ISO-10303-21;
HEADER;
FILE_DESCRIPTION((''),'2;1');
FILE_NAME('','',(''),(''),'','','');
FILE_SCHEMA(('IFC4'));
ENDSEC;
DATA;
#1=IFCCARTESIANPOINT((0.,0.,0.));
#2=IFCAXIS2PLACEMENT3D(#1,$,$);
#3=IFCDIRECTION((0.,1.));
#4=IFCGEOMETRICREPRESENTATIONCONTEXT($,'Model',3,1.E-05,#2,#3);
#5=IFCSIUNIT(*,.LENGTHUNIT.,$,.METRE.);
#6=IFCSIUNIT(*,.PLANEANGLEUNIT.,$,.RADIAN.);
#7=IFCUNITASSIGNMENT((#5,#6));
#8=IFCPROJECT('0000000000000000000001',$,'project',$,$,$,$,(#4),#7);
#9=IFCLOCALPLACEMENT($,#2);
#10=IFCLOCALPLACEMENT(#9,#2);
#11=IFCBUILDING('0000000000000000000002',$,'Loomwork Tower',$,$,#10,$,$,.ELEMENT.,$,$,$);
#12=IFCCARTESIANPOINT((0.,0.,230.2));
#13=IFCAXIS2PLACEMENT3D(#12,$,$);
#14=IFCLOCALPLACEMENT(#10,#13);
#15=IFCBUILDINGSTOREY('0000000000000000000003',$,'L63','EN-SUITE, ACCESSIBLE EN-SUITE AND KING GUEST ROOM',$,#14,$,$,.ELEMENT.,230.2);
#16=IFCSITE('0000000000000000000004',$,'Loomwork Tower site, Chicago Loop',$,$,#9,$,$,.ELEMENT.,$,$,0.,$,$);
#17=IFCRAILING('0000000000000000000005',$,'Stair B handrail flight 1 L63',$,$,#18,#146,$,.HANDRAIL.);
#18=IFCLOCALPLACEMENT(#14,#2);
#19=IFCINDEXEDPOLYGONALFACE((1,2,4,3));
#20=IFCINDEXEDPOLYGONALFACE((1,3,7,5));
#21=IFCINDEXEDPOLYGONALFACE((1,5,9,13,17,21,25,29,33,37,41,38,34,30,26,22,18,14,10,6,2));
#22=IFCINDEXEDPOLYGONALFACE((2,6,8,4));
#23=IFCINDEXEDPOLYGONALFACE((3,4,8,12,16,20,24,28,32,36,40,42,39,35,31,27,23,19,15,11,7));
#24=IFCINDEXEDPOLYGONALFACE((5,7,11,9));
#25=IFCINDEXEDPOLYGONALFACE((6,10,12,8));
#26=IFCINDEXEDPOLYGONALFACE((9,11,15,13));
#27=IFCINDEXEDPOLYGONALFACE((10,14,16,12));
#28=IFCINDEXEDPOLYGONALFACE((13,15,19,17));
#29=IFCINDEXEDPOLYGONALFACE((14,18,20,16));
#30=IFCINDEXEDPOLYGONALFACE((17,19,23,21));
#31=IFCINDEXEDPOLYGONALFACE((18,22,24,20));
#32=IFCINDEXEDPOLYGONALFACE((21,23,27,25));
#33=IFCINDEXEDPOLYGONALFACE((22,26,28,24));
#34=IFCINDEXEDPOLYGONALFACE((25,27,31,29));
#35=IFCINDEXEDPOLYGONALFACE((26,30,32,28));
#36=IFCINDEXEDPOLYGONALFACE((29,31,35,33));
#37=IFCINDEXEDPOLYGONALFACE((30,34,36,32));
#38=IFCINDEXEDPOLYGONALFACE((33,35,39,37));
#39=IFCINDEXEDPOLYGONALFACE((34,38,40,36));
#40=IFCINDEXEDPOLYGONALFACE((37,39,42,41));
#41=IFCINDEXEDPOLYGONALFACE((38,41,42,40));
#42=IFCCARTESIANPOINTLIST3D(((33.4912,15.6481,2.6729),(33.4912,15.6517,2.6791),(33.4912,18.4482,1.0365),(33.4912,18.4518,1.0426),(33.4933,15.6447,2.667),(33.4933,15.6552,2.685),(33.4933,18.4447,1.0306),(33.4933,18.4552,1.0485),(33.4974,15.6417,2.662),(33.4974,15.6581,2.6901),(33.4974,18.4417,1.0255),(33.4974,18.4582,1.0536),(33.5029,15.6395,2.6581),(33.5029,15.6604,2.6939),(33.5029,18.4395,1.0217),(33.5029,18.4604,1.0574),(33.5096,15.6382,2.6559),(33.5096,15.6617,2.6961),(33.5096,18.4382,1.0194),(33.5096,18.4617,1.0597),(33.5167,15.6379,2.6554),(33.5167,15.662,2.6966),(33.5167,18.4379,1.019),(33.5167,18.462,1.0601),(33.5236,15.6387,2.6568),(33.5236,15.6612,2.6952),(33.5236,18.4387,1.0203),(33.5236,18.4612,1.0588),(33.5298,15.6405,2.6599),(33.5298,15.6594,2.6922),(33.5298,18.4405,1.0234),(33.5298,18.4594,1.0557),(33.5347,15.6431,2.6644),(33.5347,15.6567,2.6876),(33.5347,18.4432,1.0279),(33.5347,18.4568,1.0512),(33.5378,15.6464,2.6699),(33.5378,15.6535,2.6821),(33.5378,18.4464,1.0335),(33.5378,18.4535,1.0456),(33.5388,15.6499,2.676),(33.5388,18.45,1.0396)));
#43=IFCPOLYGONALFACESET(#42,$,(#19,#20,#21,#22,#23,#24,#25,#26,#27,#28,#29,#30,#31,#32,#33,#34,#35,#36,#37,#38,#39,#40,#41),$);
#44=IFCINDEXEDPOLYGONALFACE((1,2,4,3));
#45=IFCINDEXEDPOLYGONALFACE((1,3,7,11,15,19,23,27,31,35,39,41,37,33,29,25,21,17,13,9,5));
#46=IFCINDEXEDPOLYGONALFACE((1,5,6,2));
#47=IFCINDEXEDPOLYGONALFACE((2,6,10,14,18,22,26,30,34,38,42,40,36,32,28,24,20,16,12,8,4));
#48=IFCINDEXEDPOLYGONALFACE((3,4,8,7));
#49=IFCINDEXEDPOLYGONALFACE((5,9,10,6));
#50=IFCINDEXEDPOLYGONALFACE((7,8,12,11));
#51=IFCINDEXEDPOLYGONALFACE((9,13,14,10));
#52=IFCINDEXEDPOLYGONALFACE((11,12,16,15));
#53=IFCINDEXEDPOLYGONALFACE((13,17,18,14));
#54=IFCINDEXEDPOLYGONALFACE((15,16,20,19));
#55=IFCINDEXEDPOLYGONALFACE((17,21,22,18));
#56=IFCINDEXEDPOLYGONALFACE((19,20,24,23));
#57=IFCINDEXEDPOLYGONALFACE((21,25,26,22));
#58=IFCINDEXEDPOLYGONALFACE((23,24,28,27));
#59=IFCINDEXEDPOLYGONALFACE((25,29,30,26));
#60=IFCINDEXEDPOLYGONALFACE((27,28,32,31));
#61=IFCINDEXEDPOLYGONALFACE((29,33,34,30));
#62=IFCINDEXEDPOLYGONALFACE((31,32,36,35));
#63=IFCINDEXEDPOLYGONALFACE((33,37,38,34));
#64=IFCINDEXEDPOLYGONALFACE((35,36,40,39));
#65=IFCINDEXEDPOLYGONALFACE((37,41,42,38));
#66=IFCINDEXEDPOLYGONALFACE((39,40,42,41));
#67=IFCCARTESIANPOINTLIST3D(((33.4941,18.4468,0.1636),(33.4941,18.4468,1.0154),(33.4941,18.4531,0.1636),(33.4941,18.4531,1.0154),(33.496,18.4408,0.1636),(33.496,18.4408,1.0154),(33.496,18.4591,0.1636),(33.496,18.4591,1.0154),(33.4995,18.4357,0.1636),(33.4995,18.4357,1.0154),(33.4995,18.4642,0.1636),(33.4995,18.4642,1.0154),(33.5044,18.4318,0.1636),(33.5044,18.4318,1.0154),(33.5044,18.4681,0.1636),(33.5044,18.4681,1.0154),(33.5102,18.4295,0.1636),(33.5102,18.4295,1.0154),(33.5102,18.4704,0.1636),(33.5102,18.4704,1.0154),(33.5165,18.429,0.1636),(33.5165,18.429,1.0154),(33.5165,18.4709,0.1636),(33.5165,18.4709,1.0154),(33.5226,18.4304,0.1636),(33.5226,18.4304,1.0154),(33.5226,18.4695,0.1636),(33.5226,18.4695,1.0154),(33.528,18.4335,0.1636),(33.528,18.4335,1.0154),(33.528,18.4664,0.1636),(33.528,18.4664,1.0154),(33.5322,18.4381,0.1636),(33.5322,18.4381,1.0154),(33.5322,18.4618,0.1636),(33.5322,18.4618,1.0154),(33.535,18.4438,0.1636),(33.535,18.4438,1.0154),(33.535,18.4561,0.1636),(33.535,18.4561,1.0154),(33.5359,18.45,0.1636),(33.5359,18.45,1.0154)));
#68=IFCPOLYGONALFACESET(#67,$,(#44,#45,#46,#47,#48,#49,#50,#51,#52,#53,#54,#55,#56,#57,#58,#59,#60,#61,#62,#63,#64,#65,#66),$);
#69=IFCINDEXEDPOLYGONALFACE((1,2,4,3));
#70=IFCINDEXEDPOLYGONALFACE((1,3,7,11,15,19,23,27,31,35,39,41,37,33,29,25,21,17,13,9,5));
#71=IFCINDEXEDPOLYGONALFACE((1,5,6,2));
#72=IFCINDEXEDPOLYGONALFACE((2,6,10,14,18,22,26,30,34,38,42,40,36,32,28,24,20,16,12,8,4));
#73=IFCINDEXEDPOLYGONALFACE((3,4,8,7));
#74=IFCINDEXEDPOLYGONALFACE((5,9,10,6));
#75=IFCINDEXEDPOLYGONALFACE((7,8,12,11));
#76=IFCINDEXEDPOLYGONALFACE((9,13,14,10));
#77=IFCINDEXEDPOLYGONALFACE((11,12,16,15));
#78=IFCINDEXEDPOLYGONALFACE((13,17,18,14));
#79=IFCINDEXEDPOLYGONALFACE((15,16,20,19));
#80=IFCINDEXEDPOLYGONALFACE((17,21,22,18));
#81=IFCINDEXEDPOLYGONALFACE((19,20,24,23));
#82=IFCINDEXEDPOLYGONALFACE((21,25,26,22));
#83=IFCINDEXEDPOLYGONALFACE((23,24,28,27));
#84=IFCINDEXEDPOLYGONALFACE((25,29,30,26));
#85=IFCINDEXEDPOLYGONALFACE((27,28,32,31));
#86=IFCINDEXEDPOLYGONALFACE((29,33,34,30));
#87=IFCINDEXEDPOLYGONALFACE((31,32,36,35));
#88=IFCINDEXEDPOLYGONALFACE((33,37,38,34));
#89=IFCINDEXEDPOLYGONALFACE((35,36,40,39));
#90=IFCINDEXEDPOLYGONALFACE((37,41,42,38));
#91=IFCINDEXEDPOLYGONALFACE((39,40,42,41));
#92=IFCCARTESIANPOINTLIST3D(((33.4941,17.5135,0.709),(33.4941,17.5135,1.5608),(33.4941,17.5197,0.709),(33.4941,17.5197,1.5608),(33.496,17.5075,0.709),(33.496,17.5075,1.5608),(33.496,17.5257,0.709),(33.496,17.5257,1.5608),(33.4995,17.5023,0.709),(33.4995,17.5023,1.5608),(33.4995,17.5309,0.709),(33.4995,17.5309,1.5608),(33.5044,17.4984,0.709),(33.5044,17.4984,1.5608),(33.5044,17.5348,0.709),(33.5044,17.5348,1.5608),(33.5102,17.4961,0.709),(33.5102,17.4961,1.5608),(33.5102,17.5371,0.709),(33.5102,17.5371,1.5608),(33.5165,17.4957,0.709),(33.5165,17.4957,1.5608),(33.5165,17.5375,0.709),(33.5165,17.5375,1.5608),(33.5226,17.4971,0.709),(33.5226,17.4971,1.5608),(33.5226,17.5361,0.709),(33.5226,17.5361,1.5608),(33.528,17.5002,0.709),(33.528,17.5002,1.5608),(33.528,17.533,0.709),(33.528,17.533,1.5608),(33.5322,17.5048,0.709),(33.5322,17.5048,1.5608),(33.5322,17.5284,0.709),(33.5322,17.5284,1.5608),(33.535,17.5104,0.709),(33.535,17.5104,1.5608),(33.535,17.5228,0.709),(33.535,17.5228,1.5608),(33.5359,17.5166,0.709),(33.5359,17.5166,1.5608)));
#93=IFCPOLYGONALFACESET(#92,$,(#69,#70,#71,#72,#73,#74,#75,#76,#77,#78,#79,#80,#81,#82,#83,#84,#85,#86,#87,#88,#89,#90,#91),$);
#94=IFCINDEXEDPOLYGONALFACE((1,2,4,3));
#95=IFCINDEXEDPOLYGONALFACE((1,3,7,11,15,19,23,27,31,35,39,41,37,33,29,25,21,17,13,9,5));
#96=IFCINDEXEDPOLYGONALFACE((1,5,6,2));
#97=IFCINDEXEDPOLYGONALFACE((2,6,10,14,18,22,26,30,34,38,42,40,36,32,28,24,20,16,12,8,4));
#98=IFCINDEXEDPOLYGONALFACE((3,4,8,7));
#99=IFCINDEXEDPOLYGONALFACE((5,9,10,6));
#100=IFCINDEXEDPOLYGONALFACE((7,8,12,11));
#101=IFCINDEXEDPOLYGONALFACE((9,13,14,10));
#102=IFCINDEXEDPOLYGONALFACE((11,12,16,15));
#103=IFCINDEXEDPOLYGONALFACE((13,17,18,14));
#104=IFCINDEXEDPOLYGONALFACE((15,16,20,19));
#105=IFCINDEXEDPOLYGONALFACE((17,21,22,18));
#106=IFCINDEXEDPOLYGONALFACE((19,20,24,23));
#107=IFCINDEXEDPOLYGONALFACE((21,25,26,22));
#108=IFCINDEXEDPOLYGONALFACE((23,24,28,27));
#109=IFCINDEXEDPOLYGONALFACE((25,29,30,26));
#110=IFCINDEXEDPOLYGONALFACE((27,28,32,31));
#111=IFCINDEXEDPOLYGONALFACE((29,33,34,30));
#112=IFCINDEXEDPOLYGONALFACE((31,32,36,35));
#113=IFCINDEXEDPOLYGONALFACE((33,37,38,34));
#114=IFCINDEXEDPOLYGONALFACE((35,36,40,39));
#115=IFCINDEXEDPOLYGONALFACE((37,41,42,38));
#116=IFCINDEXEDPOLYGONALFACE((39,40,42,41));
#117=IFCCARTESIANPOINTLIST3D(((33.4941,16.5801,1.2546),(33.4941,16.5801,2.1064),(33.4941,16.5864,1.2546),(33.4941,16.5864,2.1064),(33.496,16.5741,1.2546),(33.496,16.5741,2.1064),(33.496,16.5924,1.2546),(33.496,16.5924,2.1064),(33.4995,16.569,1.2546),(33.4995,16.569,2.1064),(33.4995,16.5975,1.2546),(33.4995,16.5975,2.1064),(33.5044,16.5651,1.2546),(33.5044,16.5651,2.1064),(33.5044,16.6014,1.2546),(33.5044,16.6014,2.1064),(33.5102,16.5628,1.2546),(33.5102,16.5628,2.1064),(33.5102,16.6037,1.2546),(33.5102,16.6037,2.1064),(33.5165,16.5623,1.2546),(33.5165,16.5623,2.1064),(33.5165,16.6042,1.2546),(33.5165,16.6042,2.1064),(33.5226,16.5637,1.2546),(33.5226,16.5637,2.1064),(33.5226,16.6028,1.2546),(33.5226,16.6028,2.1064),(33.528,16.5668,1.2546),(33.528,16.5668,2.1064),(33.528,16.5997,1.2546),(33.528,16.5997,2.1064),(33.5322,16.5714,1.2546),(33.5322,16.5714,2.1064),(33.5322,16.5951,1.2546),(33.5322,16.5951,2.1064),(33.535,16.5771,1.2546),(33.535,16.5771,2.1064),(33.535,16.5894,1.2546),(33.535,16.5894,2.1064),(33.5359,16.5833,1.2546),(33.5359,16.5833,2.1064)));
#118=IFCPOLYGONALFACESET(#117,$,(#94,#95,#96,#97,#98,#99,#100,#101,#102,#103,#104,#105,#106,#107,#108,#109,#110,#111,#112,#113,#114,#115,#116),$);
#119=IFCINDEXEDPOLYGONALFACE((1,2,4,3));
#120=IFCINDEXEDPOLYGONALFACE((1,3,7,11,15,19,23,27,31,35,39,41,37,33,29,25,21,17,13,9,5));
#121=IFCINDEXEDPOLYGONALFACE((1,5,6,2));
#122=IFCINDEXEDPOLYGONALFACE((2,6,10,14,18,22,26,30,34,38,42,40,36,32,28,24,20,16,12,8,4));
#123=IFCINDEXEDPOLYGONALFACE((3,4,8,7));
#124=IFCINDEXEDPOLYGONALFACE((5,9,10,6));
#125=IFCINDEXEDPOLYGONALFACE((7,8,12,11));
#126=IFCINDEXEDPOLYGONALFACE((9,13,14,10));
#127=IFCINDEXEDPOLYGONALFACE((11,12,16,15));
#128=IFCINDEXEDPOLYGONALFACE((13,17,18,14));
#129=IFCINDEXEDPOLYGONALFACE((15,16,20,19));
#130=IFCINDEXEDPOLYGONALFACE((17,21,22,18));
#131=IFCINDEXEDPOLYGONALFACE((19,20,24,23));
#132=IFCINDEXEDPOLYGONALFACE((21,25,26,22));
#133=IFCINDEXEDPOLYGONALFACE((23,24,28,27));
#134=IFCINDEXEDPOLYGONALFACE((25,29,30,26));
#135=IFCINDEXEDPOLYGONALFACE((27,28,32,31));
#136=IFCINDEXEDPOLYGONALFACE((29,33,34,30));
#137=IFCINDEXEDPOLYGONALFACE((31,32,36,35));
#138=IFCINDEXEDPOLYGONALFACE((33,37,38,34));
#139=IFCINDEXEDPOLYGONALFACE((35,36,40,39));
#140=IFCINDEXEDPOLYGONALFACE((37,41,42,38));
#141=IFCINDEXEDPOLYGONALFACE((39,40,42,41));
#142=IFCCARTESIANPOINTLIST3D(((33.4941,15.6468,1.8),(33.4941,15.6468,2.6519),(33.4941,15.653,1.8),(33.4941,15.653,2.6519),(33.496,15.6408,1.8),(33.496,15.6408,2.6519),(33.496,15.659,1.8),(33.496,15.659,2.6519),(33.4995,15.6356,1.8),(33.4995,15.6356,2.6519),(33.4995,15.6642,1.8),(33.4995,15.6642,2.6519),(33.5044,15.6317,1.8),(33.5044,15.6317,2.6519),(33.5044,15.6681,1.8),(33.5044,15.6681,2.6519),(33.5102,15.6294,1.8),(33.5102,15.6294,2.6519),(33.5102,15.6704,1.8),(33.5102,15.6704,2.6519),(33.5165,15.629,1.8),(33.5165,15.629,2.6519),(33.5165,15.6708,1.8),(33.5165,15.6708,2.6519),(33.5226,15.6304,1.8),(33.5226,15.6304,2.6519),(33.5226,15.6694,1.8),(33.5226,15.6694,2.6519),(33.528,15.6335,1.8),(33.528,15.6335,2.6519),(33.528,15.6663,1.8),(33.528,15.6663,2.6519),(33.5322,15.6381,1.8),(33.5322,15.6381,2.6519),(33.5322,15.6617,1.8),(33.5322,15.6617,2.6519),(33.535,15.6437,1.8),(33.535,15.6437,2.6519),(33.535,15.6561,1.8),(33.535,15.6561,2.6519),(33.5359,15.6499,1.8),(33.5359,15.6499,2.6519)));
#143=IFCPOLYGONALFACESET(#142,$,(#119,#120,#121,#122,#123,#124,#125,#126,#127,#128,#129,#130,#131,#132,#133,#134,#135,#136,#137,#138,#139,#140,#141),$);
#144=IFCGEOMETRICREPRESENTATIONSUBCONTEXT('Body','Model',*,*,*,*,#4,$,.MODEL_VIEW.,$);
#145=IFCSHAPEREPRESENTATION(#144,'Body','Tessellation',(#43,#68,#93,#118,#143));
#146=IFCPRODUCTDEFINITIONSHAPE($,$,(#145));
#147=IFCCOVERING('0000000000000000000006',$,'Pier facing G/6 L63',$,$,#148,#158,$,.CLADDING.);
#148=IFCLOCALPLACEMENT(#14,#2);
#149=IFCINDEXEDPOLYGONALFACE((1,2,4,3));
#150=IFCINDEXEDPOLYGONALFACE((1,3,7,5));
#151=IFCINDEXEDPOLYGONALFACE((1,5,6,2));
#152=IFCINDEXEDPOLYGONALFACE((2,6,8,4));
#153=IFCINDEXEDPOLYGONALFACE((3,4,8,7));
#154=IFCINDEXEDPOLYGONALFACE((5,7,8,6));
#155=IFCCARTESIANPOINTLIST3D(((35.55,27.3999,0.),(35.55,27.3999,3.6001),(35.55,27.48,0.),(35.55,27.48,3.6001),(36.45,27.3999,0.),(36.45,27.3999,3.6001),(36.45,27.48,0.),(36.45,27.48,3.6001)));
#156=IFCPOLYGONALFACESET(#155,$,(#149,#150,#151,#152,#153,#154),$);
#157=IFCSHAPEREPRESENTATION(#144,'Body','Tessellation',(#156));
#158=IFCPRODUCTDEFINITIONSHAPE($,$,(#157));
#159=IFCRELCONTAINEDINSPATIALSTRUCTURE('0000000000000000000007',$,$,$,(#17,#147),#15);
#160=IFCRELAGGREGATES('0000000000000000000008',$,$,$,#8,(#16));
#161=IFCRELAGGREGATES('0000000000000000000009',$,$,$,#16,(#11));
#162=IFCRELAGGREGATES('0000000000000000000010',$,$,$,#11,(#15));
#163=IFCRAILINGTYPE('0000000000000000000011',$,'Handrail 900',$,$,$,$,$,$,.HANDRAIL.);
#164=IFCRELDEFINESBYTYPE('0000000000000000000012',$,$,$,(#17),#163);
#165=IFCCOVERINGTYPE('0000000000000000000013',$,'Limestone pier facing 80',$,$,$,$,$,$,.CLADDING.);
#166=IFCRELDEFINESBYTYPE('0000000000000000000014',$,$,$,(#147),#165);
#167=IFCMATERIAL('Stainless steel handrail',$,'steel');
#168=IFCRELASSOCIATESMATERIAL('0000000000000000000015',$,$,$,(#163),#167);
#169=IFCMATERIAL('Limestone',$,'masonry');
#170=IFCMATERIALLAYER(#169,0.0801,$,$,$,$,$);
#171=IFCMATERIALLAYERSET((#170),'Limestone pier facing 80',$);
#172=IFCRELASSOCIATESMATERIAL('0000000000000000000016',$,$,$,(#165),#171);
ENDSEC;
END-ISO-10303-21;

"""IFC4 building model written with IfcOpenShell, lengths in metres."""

from ifc_helpers import new_model, si_unit, direction, frame, origin, origin_2d, place, context, subcontext, project, spatial, rectangle, circle, extrude, material, layer, layer_set, type_object, element, save


model = new_model("IFC4")

# Units and contexts
model_context = context("Model", 3, precision=1e-05, world=origin(), true_north=direction((0.0, 1.0)))
body_context = subcontext(model_context, "Body", "Model", "MODEL_VIEW")
ifc_project = project(units=[si_unit("LENGTHUNIT", "METRE"), si_unit("PLANEANGLEUNIT", "RADIAN")], contexts=[model_context])

# Site, building, storey
site_placement = place(None, origin())
site = spatial("IfcSite", under=ifc_project, at=site_placement, Name="Loomwork Tower site, Chicago Loop", CompositionType="ELEMENT", RefElevation=0.0)
building_placement = place(site_placement, origin())
building = spatial("IfcBuilding", under=site, at=building_placement, Name="Loomwork Tower", CompositionType="ELEMENT")
storey_placement = place(building_placement, frame((0.0, 0.0, 230.2)))
storey = spatial("IfcBuildingStorey", under=building, at=storey_placement, Name="L63", Description="EN-SUITE, ACCESSIBLE EN-SUITE AND KING GUEST ROOM", CompositionType="ELEMENT", Elevation=230.2)

# Railing
ifc_material_1 = material(Name="Stainless steel handrail", Category="steel")
railing_type = type_object("IfcRailingType", Name="Handrail 900", PredefinedType="HANDRAIL", material=ifc_material_1)
railing_placement = place(storey_placement, frame((33.5149, 18.45, 0.1636)))
element("IfcRailing", 1, at=railing_placement, inside=storey, type_object=railing_type, Name="Stair B handrail flight 1 L63", PredefinedType="HANDRAIL", context=body_context, shape_type="SweptSolid", body=[
    extrude(circle(Radius=0.0239, at=origin_2d()), frame((0.0, 0.0, 0.876), z_axis=(0.0, -0.863361, 0.504587), x_axis=(1.0, 0.0, 0.0)), (0.0, 0.0, 1.0), 3.2432),
    extrude(circle(Radius=0.021, at=origin_2d()), origin(), (0.0, 0.0, 1.0), 0.8518),
    extrude(circle(Radius=0.021, at=origin_2d()), frame((0.0, -0.9333, 0.5454)), (0.0, 0.0, 1.0), 0.8518),
    extrude(circle(Radius=0.021, at=origin_2d()), frame((0.0, -1.8667, 1.0911)), (0.0, 0.0, 1.0), 0.8518),
    extrude(circle(Radius=0.021, at=origin_2d()), frame((0.0, -2.8, 1.6365)), (0.0, 0.0, 1.0), 0.8518),
])

# Covering
ifc_material_2 = material(Name="Limestone", Category="masonry")
ifc_layer_1 = layer(ifc_material_2, 0.0801)
ifc_layer_set_1 = layer_set([ifc_layer_1], Name="Limestone pier facing 80")
covering_type = type_object("IfcCoveringType", Name="Limestone pier facing 80", PredefinedType="CLADDING", material=ifc_layer_set_1)
covering_placement = place(storey_placement, frame((36.0, 27.4399, 0.0), z_axis=(0.0, 0.0, 1.0), x_axis=(1.0, 0.0, 0.0)))
element("IfcCovering", 2, at=covering_placement, inside=storey, type_object=covering_type, Name="Pier facing G/6 L63", PredefinedType="CLADDING", context=body_context, shape_type="SweptSolid", body=[
    extrude(rectangle(XDim=0.8999, YDim=0.0801, at=origin_2d()), origin(), (0.0, 0.0, 1.0), 3.6001),
])

save(model, "model.ifc")
